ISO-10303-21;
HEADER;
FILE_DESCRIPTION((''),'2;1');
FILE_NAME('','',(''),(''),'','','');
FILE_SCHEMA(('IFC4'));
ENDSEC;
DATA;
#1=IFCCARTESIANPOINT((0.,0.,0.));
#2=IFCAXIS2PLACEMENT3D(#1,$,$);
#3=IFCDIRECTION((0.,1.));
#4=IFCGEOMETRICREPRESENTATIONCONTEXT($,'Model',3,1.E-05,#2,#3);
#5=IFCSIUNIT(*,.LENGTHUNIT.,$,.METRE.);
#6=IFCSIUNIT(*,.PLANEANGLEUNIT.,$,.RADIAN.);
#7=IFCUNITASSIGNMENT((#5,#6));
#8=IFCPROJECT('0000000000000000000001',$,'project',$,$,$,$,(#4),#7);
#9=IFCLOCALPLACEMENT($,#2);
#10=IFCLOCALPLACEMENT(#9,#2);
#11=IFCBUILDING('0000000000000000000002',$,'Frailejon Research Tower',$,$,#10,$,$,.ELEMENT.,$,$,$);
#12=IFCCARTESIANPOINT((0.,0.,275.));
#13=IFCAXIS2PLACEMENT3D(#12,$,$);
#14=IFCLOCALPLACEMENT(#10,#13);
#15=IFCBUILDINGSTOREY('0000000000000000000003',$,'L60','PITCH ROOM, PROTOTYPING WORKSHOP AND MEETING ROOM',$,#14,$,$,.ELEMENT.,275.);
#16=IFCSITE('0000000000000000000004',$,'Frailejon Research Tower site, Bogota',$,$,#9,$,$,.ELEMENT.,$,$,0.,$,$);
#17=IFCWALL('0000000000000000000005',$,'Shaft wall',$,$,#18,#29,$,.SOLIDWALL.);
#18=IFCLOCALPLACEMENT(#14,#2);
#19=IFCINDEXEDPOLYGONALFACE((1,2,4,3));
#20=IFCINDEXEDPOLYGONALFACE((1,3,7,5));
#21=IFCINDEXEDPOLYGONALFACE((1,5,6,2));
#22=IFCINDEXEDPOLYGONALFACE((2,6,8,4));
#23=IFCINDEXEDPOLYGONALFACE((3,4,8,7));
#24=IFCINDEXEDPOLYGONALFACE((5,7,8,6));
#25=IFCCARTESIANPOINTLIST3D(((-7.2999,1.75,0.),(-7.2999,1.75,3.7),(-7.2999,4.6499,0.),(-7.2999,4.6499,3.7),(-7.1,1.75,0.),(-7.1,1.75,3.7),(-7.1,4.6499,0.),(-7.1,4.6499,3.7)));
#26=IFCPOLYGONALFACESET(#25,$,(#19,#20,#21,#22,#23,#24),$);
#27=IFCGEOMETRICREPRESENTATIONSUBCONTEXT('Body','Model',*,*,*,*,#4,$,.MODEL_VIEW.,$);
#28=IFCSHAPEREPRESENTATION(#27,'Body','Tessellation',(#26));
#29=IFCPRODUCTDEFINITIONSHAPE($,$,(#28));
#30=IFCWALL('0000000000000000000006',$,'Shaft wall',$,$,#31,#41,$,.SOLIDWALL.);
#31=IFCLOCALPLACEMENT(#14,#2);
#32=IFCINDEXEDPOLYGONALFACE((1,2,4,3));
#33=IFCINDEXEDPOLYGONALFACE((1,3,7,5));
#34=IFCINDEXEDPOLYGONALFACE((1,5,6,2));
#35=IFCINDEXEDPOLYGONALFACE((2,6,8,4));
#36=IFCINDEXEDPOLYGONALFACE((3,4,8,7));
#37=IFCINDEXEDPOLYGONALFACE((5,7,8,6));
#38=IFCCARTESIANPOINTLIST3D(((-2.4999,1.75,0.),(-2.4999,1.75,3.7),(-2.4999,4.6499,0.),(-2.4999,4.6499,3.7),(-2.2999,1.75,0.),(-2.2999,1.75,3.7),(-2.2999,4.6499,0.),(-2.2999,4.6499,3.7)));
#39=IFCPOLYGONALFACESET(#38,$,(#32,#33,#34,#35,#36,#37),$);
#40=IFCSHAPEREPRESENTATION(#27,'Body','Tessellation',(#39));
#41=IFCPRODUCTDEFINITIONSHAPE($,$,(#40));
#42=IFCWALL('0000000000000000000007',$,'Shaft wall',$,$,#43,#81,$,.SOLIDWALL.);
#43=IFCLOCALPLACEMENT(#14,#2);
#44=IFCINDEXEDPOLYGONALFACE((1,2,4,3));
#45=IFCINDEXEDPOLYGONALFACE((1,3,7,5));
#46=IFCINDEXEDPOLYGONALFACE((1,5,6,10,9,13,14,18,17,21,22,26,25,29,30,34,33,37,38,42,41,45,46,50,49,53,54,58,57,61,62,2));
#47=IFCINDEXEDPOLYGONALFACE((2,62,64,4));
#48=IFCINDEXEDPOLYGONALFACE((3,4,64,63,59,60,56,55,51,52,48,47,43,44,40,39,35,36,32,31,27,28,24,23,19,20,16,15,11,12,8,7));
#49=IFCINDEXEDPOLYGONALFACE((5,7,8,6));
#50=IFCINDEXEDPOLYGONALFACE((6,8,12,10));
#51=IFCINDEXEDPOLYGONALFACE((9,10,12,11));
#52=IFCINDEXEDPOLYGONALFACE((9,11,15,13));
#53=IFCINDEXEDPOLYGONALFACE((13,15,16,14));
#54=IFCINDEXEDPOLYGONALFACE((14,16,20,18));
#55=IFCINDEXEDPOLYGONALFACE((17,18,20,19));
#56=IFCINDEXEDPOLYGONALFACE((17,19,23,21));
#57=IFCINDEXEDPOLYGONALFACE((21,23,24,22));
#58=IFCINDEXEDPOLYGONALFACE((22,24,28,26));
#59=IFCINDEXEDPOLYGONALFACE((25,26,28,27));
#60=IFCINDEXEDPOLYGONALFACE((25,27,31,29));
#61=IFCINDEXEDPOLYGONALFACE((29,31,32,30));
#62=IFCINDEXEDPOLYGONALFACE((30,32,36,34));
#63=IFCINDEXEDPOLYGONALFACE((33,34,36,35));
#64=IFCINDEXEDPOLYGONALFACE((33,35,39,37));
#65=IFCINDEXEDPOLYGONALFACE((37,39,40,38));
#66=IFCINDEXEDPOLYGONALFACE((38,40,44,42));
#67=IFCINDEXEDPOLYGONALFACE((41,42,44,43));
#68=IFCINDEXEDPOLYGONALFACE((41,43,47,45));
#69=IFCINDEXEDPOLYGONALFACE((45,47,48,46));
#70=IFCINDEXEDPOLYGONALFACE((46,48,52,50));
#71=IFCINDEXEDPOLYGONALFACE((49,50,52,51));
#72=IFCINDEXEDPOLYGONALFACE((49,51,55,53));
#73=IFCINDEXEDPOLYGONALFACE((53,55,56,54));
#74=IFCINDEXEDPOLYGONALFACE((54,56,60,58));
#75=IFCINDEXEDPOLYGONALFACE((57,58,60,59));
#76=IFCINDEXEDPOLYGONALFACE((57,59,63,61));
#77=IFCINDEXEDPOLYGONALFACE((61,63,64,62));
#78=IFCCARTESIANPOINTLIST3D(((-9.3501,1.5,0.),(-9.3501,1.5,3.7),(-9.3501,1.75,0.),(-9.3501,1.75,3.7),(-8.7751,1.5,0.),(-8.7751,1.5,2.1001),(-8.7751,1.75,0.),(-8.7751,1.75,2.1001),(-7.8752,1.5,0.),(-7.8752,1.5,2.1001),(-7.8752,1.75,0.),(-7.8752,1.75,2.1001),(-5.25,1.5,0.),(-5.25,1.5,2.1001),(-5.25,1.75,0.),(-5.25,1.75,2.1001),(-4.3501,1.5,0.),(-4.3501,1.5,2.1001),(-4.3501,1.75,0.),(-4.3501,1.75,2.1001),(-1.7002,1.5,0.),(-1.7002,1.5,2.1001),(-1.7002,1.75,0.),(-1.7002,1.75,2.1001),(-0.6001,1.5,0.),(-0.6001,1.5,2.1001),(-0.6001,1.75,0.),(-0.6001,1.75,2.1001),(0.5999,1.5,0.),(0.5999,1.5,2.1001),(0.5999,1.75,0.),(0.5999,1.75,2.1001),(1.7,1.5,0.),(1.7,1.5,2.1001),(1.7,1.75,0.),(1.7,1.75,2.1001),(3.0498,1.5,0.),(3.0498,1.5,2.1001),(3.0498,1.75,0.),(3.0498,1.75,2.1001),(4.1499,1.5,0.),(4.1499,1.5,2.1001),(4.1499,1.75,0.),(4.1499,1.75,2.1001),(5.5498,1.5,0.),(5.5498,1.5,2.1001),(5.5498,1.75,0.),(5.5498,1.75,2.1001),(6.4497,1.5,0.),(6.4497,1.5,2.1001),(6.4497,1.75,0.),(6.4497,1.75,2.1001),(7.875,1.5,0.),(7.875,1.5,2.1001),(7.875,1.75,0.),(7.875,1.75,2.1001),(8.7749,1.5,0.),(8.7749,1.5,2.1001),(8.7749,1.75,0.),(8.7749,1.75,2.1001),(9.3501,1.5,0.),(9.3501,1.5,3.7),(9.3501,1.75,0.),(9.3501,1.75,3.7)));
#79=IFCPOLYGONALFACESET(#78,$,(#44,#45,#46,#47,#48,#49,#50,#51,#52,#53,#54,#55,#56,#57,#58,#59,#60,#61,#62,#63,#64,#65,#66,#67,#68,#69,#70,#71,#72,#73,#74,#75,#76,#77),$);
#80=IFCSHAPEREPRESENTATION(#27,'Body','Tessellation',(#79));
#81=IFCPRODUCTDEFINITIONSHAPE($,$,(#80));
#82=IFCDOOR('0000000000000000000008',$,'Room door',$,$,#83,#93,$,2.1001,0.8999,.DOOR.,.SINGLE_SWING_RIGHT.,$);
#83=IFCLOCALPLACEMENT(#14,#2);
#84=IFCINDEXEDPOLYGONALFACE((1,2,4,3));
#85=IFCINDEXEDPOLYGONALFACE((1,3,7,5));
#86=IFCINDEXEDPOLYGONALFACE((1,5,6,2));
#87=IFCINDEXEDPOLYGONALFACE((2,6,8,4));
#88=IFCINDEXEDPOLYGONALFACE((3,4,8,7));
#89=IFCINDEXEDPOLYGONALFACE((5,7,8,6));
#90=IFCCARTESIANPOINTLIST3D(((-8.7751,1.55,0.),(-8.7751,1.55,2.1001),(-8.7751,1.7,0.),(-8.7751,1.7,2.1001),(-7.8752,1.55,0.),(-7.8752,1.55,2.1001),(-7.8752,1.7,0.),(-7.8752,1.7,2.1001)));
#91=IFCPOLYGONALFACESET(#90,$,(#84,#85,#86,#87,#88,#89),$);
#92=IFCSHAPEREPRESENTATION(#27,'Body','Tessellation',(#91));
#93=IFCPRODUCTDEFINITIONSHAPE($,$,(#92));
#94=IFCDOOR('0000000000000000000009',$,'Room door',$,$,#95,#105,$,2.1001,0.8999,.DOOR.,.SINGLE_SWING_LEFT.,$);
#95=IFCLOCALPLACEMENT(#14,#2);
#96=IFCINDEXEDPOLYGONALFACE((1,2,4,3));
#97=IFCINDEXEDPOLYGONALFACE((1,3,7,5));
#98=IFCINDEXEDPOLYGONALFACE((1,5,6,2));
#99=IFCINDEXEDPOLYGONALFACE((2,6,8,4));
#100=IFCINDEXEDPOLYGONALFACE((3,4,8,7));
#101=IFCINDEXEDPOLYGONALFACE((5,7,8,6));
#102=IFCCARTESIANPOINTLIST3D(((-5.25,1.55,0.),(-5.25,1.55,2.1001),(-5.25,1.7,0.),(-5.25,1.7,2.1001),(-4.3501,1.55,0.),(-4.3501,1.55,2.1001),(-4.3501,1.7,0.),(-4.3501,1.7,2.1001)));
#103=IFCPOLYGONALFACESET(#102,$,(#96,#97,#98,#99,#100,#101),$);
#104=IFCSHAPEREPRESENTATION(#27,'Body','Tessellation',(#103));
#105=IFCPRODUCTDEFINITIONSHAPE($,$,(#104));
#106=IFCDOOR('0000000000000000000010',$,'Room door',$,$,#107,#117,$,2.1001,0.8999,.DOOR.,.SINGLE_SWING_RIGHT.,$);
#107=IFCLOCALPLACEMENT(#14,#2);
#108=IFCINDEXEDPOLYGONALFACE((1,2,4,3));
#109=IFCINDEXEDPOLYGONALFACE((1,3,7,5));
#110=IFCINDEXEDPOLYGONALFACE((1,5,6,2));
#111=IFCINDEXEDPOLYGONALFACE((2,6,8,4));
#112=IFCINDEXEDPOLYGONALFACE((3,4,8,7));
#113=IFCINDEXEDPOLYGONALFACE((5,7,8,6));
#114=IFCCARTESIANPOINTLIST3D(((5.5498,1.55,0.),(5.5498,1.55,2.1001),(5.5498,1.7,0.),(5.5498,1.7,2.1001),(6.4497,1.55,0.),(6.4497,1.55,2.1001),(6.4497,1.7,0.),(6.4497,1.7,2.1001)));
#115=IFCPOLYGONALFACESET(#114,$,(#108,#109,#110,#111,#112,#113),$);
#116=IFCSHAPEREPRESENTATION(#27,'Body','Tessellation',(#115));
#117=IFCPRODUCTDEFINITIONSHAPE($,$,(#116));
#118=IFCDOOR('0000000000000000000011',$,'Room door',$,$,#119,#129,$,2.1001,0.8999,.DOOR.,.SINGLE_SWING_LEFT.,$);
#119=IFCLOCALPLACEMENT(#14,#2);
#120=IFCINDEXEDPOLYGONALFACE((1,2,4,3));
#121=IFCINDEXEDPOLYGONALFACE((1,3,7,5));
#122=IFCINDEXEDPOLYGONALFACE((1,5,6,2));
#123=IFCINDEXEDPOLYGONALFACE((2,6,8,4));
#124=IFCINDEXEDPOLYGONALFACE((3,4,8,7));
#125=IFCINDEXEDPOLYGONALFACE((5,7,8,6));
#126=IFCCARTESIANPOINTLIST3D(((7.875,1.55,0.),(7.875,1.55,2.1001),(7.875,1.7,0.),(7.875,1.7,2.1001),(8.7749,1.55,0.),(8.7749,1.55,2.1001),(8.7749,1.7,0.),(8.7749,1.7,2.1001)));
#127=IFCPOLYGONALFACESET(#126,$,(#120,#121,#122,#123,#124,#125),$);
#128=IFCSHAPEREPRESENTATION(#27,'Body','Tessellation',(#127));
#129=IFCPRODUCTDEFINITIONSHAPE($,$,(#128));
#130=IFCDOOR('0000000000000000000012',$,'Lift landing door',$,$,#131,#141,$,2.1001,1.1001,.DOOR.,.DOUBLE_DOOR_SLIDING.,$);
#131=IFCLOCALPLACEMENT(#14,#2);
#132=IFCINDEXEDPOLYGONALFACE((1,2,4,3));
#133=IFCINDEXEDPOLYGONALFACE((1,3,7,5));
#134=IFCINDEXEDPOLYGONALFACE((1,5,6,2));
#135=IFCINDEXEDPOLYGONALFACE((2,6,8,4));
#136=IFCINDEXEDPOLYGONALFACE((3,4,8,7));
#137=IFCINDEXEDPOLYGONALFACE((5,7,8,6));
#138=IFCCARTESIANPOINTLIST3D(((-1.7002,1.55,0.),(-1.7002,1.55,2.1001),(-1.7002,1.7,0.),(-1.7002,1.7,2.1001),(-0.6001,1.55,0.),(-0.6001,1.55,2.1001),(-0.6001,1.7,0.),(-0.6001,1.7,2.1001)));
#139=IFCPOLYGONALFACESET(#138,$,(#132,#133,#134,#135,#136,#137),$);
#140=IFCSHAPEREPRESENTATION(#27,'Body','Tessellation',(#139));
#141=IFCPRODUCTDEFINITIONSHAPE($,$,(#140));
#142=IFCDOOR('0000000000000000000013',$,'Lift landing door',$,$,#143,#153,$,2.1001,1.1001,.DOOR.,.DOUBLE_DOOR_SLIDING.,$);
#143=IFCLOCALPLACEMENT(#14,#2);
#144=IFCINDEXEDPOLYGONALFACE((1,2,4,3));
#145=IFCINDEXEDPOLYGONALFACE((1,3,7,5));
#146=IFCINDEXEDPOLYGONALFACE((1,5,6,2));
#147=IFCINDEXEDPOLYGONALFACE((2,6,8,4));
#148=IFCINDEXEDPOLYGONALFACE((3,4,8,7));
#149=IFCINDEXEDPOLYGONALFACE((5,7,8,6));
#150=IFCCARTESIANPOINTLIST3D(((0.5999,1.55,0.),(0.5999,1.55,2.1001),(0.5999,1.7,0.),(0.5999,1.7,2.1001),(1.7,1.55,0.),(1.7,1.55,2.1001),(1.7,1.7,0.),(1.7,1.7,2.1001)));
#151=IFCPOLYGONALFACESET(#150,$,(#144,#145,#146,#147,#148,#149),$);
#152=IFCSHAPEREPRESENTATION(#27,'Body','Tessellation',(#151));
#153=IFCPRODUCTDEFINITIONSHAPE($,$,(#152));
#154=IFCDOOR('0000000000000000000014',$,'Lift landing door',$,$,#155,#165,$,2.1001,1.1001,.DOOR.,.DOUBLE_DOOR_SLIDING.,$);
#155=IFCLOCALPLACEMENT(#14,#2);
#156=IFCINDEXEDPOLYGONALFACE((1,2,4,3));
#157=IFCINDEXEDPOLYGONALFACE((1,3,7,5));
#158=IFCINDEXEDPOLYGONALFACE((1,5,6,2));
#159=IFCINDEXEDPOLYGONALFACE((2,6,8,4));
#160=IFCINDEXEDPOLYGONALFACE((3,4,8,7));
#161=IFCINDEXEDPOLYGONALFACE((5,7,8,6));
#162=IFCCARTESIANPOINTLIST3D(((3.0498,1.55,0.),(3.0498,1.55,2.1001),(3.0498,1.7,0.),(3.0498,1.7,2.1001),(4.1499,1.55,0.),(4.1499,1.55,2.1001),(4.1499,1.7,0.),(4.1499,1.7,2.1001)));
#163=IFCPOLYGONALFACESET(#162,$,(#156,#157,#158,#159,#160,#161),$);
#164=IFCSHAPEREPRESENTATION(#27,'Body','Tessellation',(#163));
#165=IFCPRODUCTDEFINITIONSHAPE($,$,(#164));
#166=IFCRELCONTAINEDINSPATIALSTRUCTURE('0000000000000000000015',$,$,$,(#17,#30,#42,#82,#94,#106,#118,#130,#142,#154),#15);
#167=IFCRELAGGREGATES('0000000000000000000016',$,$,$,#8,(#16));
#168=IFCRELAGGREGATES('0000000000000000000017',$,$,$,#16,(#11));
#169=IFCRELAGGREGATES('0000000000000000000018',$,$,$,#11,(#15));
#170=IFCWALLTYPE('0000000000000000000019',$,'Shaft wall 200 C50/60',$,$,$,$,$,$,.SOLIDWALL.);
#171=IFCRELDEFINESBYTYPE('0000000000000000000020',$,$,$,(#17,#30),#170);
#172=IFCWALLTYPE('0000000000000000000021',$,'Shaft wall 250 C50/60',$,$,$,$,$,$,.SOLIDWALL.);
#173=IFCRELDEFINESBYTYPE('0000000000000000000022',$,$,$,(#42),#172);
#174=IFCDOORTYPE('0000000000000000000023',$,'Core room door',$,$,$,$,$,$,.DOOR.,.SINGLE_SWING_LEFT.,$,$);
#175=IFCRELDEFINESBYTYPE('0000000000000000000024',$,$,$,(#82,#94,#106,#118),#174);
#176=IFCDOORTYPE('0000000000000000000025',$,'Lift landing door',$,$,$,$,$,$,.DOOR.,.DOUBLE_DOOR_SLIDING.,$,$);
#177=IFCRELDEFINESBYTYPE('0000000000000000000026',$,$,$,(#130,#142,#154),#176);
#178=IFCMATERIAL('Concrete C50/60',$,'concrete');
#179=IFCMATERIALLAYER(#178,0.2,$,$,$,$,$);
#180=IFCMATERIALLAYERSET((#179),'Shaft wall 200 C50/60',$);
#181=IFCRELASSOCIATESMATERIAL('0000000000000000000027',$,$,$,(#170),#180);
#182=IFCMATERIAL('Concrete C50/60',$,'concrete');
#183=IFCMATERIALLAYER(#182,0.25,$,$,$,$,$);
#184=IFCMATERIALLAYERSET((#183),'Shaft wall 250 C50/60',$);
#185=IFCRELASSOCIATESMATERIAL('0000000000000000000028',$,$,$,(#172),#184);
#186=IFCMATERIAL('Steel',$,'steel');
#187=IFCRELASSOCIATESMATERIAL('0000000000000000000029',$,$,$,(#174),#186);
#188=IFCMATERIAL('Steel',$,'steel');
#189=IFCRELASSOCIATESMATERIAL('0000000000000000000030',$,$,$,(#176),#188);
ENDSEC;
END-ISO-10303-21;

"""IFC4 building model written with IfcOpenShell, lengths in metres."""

from ifc_helpers import new_model, si_unit, direction, frame, frame_2d, origin, place, context, subcontext, project, spatial, rectangle, extrude, material, layer, layer_set, type_object, element, fill, save


model = new_model("IFC4")

# Units and contexts
model_context = context("Model", 3, precision=1e-05, world=origin(), true_north=direction((0.0, 1.0)))
body_context = subcontext(model_context, "Body", "Model", "MODEL_VIEW")
ifc_project = project(units=[si_unit("LENGTHUNIT", "METRE"), si_unit("PLANEANGLEUNIT", "RADIAN")], contexts=[model_context])

# Site, building, storey
site_placement = place(None, origin())
site = spatial("IfcSite", under=ifc_project, at=site_placement, Name="Frailejon Research Tower site, Bogota", CompositionType="ELEMENT", RefElevation=0.0)
building_placement = place(site_placement, origin())
building = spatial("IfcBuilding", under=site, at=building_placement, Name="Frailejon Research Tower", CompositionType="ELEMENT")
storey_placement = place(building_placement, frame((0.0, 0.0, 275.0)))
storey = spatial("IfcBuildingStorey", under=building, at=storey_placement, Name="L60", Description="PITCH ROOM, PROTOTYPING WORKSHOP AND MEETING ROOM", CompositionType="ELEMENT", Elevation=275.0)

# Walls
ifc_material_1 = material(Name="Concrete C50/60", Category="concrete")
ifc_layer_1 = layer(ifc_material_1, 0.2)
ifc_layer_set_1 = layer_set([ifc_layer_1], Name="Shaft wall 200 C50/60")
wall_type_1 = type_object("IfcWallType", Name="Shaft wall 200 C50/60", PredefinedType="SOLIDWALL", material=ifc_layer_set_1)
for number, where, z_axis, x_axis, name in (
    (1, (-7.2, 1.75, 0.0), (0.0, 0.0, 1.0), (0.0, 1.0, 0.0), "Shaft wall"),
    (2, (-2.3999, 1.75, 0.0), (0.0, 0.0, 1.0), (0.0, 1.0, 0.0), "Shaft wall"),
):
    element("IfcWall", number, at=place(storey_placement, frame(where, z_axis=z_axis, x_axis=x_axis)), inside=storey, type_object=wall_type_1, Name=name, PredefinedType="SOLIDWALL", context=body_context, shape_type="SweptSolid", body=[
        extrude(rectangle(XDim=2.8999, YDim=0.2, at=frame_2d((1.45, 0.0))), origin(), (0.0, 0.0, 1.0), 3.7),
    ])

# Wall, openings, doors
ifc_material_2 = material(Name="Concrete C50/60", Category="concrete")
ifc_layer_2 = layer(ifc_material_2, 0.25)
ifc_layer_set_2 = layer_set([ifc_layer_2], Name="Shaft wall 250 C50/60")
wall_type_2 = type_object("IfcWallType", Name="Shaft wall 250 C50/60", PredefinedType="SOLIDWALL", material=ifc_layer_set_2)
wall_1_placement = place(storey_placement, frame((-9.3501, 1.625, 0.0), z_axis=(0.0, 0.0, 1.0), x_axis=(1.0, 0.0, 0.0)))
wall_1 = element("IfcWall", 3, at=wall_1_placement, inside=storey, type_object=wall_type_2, Name="Shaft wall", PredefinedType="SOLIDWALL", context=body_context, shape_type="SweptSolid", body=[
    extrude(rectangle(XDim=18.7002, YDim=0.25, at=frame_2d((9.3501, 0.0))), origin(), (0.0, 0.0, 1.0), 3.7),
])
opening_1_placement = place(wall_1_placement, frame((7.6499, 0.0, 0.0)))
opening_1 = element("IfcOpeningElement", 4, at=opening_1_placement, cuts=wall_1, PredefinedType="OPENING", context=body_context, shape_type="SweptSolid", body=[
    extrude(rectangle(XDim=1.1001, YDim=2.1001, at=frame_2d((0.55, 1.05))), frame((0.0, 0.135, 0.0), z_axis=(0.0, -1.0, 0.0), x_axis=(1.0, 0.0, 0.0)), (0.0, 0.0, 1.0), 0.27),
])
opening_2_placement = place(wall_1_placement, frame((9.95, 0.0, 0.0)))
opening_2 = element("IfcOpeningElement", 5, at=opening_2_placement, cuts=wall_1, PredefinedType="OPENING", context=body_context, shape_type="SweptSolid", body=[
    extrude(rectangle(XDim=1.1001, YDim=2.1001, at=frame_2d((0.55, 1.05))), frame((0.0, 0.135, 0.0), z_axis=(0.0, -1.0, 0.0), x_axis=(1.0, 0.0, 0.0)), (0.0, 0.0, 1.0), 0.27),
])
opening_3_placement = place(wall_1_placement, frame((12.3999, 0.0, 0.0)))
opening_3 = element("IfcOpeningElement", 6, at=opening_3_placement, cuts=wall_1, PredefinedType="OPENING", context=body_context, shape_type="SweptSolid", body=[
    extrude(rectangle(XDim=1.1001, YDim=2.1001, at=frame_2d((0.55, 1.05))), frame((0.0, 0.135, 0.0), z_axis=(0.0, -1.0, 0.0), x_axis=(1.0, 0.0, 0.0)), (0.0, 0.0, 1.0), 0.27),
])
opening_4_placement = place(wall_1_placement, frame((0.575, 0.0, 0.0)))
opening_4 = element("IfcOpeningElement", 7, at=opening_4_placement, cuts=wall_1, PredefinedType="OPENING", context=body_context, shape_type="SweptSolid", body=[
    extrude(rectangle(XDim=0.8999, YDim=2.1001, at=frame_2d((0.45, 1.05))), frame((0.0, 0.135, 0.0), z_axis=(0.0, -1.0, 0.0), x_axis=(1.0, 0.0, 0.0)), (0.0, 0.0, 1.0), 0.27),
])
opening_5_placement = place(wall_1_placement, frame((4.1001, 0.0, 0.0)))
opening_5 = element("IfcOpeningElement", 8, at=opening_5_placement, cuts=wall_1, PredefinedType="OPENING", context=body_context, shape_type="SweptSolid", body=[
    extrude(rectangle(XDim=0.8999, YDim=2.1001, at=frame_2d((0.45, 1.05))), frame((0.0, 0.135, 0.0), z_axis=(0.0, -1.0, 0.0), x_axis=(1.0, 0.0, 0.0)), (0.0, 0.0, 1.0), 0.27),
])
opening_6_placement = place(wall_1_placement, frame((14.8999, 0.0, 0.0)))
opening_6 = element("IfcOpeningElement", 9, at=opening_6_placement, cuts=wall_1, PredefinedType="OPENING", context=body_context, shape_type="SweptSolid", body=[
    extrude(rectangle(XDim=0.8999, YDim=2.1001, at=frame_2d((0.45, 1.05))), frame((0.0, 0.135, 0.0), z_axis=(0.0, -1.0, 0.0), x_axis=(1.0, 0.0, 0.0)), (0.0, 0.0, 1.0), 0.27),
])
opening_7_placement = place(wall_1_placement, frame((17.2251, 0.0, 0.0)))
opening_7 = element("IfcOpeningElement", 10, at=opening_7_placement, cuts=wall_1, PredefinedType="OPENING", context=body_context, shape_type="SweptSolid", body=[
    extrude(rectangle(XDim=0.8999, YDim=2.1001, at=frame_2d((0.45, 1.05))), frame((0.0, 0.135, 0.0), z_axis=(0.0, -1.0, 0.0), x_axis=(1.0, 0.0, 0.0)), (0.0, 0.0, 1.0), 0.27),
])
ifc_material_3 = material(Name="Steel", Category="steel")
door_type_1 = type_object("IfcDoorType", Name="Core room door", OperationType="SINGLE_SWING_LEFT", PredefinedType="DOOR", material=ifc_material_3)
door_1_placement = place(opening_4_placement, origin())
door_1 = element("IfcDoor", 11, at=door_1_placement, inside=storey, type_object=door_type_1, Name="Room door", OperationType="SINGLE_SWING_RIGHT", OverallHeight=2.1001, OverallWidth=0.8999, PredefinedType="DOOR", context=body_context, shape_type="SweptSolid", body=[
    extrude(rectangle(XDim=0.8999, YDim=2.1001, at=frame_2d((0.45, 1.05))), frame((0.0, 0.075, 0.0), z_axis=(0.0, -1.0, 0.0), x_axis=(1.0, 0.0, 0.0)), (0.0, 0.0, 1.0), 0.1499),
])
fill(opening_4, door_1)
door_2_placement = place(opening_5_placement, origin())
door_2 = element("IfcDoor", 12, at=door_2_placement, inside=storey, type_object=door_type_1, Name="Room door", OperationType="SINGLE_SWING_LEFT", OverallHeight=2.1001, OverallWidth=0.8999, PredefinedType="DOOR", context=body_context, shape_type="SweptSolid", body=[
    extrude(rectangle(XDim=0.8999, YDim=2.1001, at=frame_2d((0.45, 1.05))), frame((0.0, 0.075, 0.0), z_axis=(0.0, -1.0, 0.0), x_axis=(1.0, 0.0, 0.0)), (0.0, 0.0, 1.0), 0.1499),
])
fill(opening_5, door_2)
door_3_placement = place(opening_6_placement, origin())
door_3 = element("IfcDoor", 13, at=door_3_placement, inside=storey, type_object=door_type_1, Name="Room door", OperationType="SINGLE_SWING_RIGHT", OverallHeight=2.1001, OverallWidth=0.8999, PredefinedType="DOOR", context=body_context, shape_type="SweptSolid", body=[
    extrude(rectangle(XDim=0.8999, YDim=2.1001, at=frame_2d((0.45, 1.05))), frame((0.0, 0.075, 0.0), z_axis=(0.0, -1.0, 0.0), x_axis=(1.0, 0.0, 0.0)), (0.0, 0.0, 1.0), 0.1499),
])
fill(opening_6, door_3)
door_4_placement = place(opening_7_placement, origin())
door_4 = element("IfcDoor", 14, at=door_4_placement, inside=storey, type_object=door_type_1, Name="Room door", OperationType="SINGLE_SWING_LEFT", OverallHeight=2.1001, OverallWidth=0.8999, PredefinedType="DOOR", context=body_context, shape_type="SweptSolid", body=[
    extrude(rectangle(XDim=0.8999, YDim=2.1001, at=frame_2d((0.45, 1.05))), frame((0.0, 0.075, 0.0), z_axis=(0.0, -1.0, 0.0), x_axis=(1.0, 0.0, 0.0)), (0.0, 0.0, 1.0), 0.1499),
])
fill(opening_7, door_4)
ifc_material_4 = material(Name="Steel", Category="steel")
door_type_2 = type_object("IfcDoorType", Name="Lift landing door", OperationType="DOUBLE_DOOR_SLIDING", PredefinedType="DOOR", material=ifc_material_4)
door_5_placement = place(opening_1_placement, origin())
door_5 = element("IfcDoor", 15, at=door_5_placement, inside=storey, type_object=door_type_2, Name="Lift landing door", OperationType="DOUBLE_DOOR_SLIDING", OverallHeight=2.1001, OverallWidth=1.1001, PredefinedType="DOOR", context=body_context, shape_type="SweptSolid", body=[
    extrude(rectangle(XDim=1.1001, YDim=2.1001, at=frame_2d((0.55, 1.05))), frame((0.0, 0.075, 0.0), z_axis=(0.0, -1.0, 0.0), x_axis=(1.0, 0.0, 0.0)), (0.0, 0.0, 1.0), 0.1499),
])
fill(opening_1, door_5)
door_6_placement = place(opening_2_placement, origin())
door_6 = element("IfcDoor", 16, at=door_6_placement, inside=storey, type_object=door_type_2, Name="Lift landing door", OperationType="DOUBLE_DOOR_SLIDING", OverallHeight=2.1001, OverallWidth=1.1001, PredefinedType="DOOR", context=body_context, shape_type="SweptSolid", body=[
    extrude(rectangle(XDim=1.1001, YDim=2.1001, at=frame_2d((0.55, 1.05))), frame((0.0, 0.075, 0.0), z_axis=(0.0, -1.0, 0.0), x_axis=(1.0, 0.0, 0.0)), (0.0, 0.0, 1.0), 0.1499),
])
fill(opening_2, door_6)
door_7_placement = place(opening_3_placement, origin())
door_7 = element("IfcDoor", 17, at=door_7_placement, inside=storey, type_object=door_type_2, Name="Lift landing door", OperationType="DOUBLE_DOOR_SLIDING", OverallHeight=2.1001, OverallWidth=1.1001, PredefinedType="DOOR", context=body_context, shape_type="SweptSolid", body=[
    extrude(rectangle(XDim=1.1001, YDim=2.1001, at=frame_2d((0.55, 1.05))), frame((0.0, 0.075, 0.0), z_axis=(0.0, -1.0, 0.0), x_axis=(1.0, 0.0, 0.0)), (0.0, 0.0, 1.0), 0.1499),
])
fill(opening_3, door_7)

save(model, "model.ifc")
